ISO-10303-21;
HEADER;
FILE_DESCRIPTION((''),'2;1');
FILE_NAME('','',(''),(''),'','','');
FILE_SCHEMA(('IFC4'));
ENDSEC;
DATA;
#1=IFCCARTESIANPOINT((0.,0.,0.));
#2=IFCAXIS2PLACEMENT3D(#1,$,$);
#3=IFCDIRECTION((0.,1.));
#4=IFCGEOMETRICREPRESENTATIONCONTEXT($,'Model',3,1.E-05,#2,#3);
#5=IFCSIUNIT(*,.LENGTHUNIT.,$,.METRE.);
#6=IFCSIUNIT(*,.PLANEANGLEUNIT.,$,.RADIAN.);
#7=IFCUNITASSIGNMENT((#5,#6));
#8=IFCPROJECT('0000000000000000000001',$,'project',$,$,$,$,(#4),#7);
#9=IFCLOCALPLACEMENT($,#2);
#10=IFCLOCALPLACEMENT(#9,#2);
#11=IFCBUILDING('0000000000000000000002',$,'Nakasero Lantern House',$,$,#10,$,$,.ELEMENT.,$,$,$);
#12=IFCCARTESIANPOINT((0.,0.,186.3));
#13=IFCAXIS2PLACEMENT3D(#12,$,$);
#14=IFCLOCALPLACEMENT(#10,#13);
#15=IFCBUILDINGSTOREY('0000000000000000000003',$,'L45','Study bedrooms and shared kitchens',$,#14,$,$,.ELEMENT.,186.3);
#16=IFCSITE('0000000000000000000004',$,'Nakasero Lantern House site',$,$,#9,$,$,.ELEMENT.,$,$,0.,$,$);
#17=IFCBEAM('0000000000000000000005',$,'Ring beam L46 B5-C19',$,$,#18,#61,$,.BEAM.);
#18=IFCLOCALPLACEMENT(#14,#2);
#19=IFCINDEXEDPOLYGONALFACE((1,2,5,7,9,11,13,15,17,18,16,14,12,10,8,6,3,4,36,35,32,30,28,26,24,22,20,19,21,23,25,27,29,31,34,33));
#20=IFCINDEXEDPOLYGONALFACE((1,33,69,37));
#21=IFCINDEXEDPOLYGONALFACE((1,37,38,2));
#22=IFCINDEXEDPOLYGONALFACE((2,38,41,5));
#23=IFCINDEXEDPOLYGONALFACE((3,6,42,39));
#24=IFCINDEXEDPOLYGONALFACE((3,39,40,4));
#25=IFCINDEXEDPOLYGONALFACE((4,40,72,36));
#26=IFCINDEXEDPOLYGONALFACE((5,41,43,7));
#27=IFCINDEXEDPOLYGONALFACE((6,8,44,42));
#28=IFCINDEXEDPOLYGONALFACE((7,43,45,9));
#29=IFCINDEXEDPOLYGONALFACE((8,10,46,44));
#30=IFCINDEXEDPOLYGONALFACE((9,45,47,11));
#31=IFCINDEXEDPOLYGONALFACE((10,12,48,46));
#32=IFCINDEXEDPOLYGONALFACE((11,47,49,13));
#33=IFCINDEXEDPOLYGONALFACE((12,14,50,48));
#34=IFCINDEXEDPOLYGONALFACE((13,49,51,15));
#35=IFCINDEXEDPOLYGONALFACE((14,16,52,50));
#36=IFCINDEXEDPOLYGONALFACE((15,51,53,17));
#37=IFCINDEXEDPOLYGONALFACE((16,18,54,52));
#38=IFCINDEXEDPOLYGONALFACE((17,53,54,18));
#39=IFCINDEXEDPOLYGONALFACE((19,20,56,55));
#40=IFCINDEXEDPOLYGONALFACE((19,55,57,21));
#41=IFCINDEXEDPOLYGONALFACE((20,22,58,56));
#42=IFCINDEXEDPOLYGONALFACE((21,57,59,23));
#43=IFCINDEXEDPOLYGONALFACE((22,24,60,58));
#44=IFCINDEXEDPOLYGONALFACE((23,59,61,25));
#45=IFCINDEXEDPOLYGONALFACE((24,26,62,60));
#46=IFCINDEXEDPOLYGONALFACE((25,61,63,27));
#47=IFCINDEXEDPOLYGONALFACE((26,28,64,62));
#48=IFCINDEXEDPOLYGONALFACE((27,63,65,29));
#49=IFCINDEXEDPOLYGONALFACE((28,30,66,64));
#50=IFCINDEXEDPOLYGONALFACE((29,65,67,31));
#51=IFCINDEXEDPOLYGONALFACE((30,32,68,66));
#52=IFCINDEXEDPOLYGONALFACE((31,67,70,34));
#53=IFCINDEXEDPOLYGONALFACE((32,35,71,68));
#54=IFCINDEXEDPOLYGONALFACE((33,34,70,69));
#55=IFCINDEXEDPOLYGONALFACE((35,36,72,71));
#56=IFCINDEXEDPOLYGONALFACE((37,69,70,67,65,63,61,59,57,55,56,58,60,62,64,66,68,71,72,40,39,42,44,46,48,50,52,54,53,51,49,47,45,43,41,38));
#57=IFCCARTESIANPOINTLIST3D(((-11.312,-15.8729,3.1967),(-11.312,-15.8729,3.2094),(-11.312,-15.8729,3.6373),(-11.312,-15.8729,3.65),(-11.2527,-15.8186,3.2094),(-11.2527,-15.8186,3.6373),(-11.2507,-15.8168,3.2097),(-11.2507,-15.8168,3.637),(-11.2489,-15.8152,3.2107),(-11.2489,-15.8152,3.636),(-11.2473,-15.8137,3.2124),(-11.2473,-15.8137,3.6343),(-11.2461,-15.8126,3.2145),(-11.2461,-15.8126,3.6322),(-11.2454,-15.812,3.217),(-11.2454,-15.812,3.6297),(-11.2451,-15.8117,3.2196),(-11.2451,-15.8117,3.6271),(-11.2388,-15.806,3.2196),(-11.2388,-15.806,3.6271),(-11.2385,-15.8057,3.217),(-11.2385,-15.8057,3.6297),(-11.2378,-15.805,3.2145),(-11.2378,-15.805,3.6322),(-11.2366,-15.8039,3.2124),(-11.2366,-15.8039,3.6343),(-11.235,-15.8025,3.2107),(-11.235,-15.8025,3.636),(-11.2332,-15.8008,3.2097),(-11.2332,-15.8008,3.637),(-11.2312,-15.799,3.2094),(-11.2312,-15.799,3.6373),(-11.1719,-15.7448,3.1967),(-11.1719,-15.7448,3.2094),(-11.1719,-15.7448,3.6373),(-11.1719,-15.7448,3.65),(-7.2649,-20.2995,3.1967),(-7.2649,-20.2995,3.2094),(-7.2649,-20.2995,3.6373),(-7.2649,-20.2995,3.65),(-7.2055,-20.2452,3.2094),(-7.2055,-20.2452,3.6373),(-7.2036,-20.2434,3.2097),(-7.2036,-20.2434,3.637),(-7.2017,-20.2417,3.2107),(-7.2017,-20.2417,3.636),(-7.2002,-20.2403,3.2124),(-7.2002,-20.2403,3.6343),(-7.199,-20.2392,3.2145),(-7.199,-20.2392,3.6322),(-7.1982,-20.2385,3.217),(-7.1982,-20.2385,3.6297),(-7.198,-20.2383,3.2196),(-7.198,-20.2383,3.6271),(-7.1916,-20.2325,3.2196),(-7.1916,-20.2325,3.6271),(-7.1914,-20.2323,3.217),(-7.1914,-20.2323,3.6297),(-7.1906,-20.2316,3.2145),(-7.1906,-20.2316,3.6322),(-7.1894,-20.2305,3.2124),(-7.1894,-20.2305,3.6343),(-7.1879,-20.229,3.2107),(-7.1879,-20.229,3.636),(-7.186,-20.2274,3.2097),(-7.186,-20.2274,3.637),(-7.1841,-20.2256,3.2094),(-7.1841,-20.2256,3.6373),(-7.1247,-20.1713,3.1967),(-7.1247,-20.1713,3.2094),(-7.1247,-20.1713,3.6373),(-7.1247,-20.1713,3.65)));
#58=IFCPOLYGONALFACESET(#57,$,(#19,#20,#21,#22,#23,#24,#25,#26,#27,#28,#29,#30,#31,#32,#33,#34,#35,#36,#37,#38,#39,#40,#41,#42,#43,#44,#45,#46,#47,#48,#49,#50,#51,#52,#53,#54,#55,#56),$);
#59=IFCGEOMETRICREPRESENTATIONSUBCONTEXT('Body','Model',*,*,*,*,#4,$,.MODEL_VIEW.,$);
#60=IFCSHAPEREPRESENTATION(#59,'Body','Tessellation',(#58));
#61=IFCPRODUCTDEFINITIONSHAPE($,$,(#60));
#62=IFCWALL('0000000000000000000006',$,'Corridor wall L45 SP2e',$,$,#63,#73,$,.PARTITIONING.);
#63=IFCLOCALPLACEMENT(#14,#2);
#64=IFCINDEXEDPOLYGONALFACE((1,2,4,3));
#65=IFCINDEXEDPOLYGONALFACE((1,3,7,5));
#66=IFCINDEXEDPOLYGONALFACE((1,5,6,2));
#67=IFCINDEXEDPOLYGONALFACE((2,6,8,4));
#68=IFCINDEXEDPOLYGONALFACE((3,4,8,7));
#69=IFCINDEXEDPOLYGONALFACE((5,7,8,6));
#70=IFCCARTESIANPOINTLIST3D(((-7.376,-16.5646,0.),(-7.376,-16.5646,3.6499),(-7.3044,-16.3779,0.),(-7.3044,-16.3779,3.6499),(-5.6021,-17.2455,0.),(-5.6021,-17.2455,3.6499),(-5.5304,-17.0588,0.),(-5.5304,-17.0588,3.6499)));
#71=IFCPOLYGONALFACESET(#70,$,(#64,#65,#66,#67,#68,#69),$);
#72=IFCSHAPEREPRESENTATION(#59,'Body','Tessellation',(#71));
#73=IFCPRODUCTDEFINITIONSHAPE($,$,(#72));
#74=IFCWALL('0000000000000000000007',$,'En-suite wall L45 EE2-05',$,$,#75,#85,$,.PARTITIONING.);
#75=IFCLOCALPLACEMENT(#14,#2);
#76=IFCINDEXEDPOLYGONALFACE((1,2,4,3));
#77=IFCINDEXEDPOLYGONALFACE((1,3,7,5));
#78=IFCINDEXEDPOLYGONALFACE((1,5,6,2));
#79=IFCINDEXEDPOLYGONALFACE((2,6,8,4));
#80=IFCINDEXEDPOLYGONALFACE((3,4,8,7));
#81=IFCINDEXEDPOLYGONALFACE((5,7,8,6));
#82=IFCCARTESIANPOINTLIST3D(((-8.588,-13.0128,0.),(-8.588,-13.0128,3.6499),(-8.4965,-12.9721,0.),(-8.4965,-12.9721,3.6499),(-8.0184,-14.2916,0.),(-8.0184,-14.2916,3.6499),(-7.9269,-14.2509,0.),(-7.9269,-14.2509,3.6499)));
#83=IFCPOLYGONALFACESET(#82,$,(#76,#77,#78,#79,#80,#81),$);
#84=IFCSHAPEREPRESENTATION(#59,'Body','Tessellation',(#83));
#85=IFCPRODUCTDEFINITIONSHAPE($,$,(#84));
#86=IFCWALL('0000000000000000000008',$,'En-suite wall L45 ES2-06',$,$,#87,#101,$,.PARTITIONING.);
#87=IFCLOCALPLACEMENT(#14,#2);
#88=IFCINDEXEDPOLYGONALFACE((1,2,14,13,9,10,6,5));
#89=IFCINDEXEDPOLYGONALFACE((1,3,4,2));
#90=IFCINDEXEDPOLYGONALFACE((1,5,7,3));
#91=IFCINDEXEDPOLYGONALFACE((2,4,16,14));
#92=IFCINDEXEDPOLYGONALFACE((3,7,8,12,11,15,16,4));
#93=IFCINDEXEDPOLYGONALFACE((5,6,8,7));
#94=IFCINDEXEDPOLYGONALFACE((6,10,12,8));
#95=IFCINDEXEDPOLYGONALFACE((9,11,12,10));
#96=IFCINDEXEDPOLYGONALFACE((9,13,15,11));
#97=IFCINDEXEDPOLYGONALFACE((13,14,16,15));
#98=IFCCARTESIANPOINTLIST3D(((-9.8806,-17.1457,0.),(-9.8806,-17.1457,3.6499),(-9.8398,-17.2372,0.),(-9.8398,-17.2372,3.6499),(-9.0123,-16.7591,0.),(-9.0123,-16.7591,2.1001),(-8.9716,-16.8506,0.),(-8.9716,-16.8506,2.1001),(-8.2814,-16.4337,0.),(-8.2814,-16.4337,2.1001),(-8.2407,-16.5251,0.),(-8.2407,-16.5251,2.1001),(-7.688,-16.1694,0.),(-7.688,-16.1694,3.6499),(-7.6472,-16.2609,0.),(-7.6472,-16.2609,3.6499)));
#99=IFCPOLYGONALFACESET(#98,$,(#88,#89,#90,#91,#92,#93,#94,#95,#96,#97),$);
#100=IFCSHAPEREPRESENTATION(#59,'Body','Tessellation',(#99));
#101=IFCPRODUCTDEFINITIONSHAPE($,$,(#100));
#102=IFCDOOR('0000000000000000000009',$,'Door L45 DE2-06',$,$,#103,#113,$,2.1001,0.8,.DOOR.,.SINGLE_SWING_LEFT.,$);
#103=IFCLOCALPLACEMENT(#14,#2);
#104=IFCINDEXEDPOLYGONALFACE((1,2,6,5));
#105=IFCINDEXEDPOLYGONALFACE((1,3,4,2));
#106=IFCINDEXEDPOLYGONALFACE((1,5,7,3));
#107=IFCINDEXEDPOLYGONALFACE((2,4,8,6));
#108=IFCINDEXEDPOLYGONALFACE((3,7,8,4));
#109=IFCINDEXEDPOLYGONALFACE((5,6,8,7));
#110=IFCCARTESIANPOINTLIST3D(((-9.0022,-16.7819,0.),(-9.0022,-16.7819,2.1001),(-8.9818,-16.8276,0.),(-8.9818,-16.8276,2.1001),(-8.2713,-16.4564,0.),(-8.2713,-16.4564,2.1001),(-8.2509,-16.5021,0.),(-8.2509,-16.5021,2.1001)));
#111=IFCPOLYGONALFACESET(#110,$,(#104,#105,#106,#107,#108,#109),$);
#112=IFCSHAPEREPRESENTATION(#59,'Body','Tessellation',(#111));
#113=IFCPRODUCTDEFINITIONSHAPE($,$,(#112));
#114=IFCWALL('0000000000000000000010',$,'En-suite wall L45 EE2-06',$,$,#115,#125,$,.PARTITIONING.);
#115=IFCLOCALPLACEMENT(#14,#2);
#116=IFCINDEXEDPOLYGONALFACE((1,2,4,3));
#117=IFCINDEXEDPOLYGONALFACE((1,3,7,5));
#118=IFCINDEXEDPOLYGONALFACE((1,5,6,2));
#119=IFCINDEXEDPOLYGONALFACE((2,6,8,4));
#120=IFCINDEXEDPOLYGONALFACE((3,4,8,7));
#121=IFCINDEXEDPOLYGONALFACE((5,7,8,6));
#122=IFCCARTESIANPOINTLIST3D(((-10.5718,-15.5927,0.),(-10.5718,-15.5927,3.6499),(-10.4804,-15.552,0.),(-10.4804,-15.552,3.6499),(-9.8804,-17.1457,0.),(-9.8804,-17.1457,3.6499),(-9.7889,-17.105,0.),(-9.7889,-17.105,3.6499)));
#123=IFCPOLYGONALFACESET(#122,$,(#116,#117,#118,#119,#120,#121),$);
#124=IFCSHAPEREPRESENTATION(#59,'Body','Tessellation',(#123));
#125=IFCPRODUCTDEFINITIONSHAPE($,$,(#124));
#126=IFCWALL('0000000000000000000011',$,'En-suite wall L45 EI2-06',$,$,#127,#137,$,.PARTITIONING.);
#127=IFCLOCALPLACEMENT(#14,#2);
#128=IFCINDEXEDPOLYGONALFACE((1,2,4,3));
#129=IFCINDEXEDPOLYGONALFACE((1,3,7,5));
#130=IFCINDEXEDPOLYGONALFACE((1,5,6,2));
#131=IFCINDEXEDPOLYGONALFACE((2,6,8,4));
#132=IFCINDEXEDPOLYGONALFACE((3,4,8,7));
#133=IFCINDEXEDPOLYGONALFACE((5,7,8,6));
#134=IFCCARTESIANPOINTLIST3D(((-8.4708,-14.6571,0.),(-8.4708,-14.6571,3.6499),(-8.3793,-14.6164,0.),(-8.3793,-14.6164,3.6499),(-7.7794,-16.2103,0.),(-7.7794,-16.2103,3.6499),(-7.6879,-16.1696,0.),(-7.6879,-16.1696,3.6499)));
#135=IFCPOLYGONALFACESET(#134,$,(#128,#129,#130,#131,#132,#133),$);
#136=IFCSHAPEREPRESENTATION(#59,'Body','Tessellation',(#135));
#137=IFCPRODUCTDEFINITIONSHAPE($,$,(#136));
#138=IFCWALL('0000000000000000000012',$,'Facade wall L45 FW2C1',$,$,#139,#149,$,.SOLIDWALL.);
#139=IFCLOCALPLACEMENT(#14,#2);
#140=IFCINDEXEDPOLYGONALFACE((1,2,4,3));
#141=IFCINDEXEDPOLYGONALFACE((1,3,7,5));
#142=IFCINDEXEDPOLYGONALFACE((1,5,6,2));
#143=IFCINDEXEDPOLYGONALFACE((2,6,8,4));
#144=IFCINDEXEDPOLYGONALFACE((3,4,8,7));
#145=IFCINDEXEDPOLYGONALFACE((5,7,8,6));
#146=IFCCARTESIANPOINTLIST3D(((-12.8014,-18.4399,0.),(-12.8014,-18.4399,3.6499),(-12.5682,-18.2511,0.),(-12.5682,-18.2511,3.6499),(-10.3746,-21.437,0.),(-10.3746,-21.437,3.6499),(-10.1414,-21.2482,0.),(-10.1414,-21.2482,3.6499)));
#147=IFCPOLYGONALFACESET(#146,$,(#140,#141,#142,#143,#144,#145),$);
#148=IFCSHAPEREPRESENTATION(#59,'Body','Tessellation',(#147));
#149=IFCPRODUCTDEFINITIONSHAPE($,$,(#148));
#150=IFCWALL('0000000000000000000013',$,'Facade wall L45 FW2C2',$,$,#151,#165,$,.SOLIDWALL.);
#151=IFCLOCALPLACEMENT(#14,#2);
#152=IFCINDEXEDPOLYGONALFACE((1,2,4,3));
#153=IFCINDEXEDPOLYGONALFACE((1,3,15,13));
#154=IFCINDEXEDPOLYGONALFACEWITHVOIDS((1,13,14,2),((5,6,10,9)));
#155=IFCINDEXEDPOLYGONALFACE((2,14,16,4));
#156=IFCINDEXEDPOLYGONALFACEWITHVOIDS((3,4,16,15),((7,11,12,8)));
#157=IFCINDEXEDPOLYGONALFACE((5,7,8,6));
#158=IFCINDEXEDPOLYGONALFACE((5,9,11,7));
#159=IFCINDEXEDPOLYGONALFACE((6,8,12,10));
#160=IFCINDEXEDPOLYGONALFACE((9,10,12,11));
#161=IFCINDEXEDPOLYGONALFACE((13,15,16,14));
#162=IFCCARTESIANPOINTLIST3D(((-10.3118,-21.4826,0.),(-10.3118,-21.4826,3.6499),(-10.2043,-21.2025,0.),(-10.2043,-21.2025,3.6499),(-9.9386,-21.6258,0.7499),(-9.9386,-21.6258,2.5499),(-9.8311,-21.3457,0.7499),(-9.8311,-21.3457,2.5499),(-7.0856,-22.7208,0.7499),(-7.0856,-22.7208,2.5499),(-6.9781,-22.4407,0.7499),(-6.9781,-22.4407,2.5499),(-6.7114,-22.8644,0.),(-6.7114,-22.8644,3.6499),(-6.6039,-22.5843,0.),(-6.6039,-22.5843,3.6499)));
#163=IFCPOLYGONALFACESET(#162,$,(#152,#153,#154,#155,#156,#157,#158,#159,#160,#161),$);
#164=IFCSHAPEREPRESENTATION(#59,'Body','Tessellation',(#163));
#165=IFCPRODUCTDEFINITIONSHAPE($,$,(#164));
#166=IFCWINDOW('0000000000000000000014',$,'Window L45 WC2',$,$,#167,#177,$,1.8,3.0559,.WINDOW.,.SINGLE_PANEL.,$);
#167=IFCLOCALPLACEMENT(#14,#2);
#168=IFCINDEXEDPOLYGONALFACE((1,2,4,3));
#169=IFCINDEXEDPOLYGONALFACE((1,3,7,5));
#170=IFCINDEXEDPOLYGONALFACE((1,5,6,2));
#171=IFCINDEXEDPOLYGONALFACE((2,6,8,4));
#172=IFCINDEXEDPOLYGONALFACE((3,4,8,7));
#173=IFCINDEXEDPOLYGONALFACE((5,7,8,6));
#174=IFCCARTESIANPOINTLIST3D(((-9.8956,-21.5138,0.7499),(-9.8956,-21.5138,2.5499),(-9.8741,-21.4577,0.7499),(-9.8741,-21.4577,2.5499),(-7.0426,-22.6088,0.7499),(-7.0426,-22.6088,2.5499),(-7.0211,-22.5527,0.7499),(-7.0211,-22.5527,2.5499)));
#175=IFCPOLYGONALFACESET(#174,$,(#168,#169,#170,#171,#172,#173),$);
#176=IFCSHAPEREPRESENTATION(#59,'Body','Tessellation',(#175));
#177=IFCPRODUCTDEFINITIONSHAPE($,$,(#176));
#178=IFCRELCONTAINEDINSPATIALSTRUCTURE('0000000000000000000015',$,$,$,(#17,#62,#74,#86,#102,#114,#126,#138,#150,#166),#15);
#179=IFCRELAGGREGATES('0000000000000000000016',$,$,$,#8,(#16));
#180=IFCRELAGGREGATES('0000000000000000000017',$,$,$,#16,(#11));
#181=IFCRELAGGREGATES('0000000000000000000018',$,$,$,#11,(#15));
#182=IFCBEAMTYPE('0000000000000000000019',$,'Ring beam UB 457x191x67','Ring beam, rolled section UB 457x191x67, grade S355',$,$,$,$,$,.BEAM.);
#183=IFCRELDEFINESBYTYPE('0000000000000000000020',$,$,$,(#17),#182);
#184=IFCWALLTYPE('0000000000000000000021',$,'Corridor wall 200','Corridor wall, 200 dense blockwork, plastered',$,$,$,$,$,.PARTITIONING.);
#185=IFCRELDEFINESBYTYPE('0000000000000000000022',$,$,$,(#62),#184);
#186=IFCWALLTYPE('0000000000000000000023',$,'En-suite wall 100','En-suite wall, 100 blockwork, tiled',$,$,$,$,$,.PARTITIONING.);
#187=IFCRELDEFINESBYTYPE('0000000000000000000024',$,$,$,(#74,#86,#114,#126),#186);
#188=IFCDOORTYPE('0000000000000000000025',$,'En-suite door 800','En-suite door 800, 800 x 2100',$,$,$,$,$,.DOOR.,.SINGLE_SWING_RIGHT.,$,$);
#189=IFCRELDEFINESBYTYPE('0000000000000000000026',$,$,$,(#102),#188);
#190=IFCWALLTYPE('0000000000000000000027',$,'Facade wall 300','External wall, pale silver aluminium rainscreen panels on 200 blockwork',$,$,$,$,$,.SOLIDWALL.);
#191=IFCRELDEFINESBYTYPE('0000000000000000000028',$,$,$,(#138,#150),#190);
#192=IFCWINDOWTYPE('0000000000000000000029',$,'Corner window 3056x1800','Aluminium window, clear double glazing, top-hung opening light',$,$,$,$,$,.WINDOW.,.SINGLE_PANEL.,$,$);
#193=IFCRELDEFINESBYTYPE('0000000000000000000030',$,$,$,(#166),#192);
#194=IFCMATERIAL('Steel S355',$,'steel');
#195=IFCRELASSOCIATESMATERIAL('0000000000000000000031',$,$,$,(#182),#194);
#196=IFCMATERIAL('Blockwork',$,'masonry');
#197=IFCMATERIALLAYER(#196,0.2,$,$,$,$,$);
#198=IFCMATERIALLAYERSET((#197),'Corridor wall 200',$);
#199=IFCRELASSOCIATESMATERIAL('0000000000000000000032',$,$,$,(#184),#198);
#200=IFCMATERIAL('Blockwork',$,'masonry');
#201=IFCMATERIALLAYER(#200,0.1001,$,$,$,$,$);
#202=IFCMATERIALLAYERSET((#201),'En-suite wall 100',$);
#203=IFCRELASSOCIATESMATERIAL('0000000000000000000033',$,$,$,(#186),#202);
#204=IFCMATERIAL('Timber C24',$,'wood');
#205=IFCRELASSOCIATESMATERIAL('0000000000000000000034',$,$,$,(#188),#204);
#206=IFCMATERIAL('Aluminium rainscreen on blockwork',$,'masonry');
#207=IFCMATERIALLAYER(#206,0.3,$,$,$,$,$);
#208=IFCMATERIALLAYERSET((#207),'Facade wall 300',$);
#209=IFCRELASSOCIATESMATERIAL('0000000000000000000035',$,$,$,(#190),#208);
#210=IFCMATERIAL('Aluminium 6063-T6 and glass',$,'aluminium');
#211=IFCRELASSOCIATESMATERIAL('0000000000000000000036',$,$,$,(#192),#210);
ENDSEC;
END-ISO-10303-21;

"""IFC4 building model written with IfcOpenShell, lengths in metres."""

from ifc_helpers import new_model, si_unit, direction, frame, frame_2d, origin, origin_2d, place, context, subcontext, project, spatial, rectangle, i_section, extrude, material, layer, layer_set, material_profile, profile_set, type_object, element, fill, save


model = new_model("IFC4")

# Units and contexts
model_context = context("Model", 3, precision=1e-05, world=origin(), true_north=direction((0.0, 1.0)))
body_context = subcontext(model_context, "Body", "Model", "MODEL_VIEW")
ifc_project = project(units=[si_unit("LENGTHUNIT", "METRE"), si_unit("PLANEANGLEUNIT", "RADIAN")], contexts=[model_context])

# Site, building, storey
site_placement = place(None, origin())
site = spatial("IfcSite", under=ifc_project, at=site_placement, Name="Nakasero Lantern House site", CompositionType="ELEMENT", RefElevation=0.0)
building_placement = place(site_placement, origin())
building = spatial("IfcBuilding", under=site, at=building_placement, Name="Nakasero Lantern House", CompositionType="ELEMENT")
storey_placement = place(building_placement, frame((0.0, 0.0, 186.3)))
storey = spatial("IfcBuildingStorey", under=building, at=storey_placement, Name="L45", Description="Study bedrooms and shared kitchens", CompositionType="ELEMENT", Elevation=186.3)

# Beam
ifc_material_1 = material(Name="Steel S355", Category="steel")
ifc_material_profile_1 = material_profile(ifc_material_1, i_section(OverallWidth=0.1899, OverallDepth=0.4534, WebThickness=0.0085, FlangeThickness=0.0127, FilletRadius=0.0103, at=origin_2d()), Name="UB 457x191x67")
ifc_profile_set_1 = profile_set([ifc_material_profile_1], Name="Steel S355")
beam_type_1 = type_object("IfcBeamType", Name="Ring beam UB 457x191x67", Description="Ring beam, rolled section UB 457x191x67, grade S355", PredefinedType="BEAM", material=ifc_profile_set_1)
beam_1_placement = place(storey_placement, frame((-11.2419, -15.8088, 3.4233), z_axis=(0.674771, -0.738027, 0.0), x_axis=(0.738027, 0.674771, 0.0)))
element("IfcBeam", 1, at=beam_1_placement, inside=storey, type_object=beam_type_1, Name="Ring beam L46 B5-C19", PredefinedType="BEAM", context=body_context, shape_type="SweptSolid", body=[
    extrude(i_section(OverallWidth=0.1899, OverallDepth=0.4534, WebThickness=0.0085, FlangeThickness=0.0127, FilletRadius=0.0103, at=origin_2d()), origin(), (0.0, 0.0, 1.0), 5.9978),
])

# Walls
ifc_material_2 = material(Name="Blockwork", Category="masonry")
ifc_layer_1 = layer(ifc_material_2, 0.2)
ifc_layer_set_1 = layer_set([ifc_layer_1], Name="Corridor wall 200")
wall_type_1 = type_object("IfcWallType", Name="Corridor wall 200", Description="Corridor wall, 200 dense blockwork, plastered", PredefinedType="PARTITIONING", material=ifc_layer_set_1)
wall_1_placement = place(storey_placement, frame((-7.3403, -16.4712, 0.0), z_axis=(0.0, 0.0, 1.0), x_axis=(0.933587, -0.35835, 0.0)))
element("IfcWall", 2, at=wall_1_placement, inside=storey, type_object=wall_type_1, Name="Corridor wall L45 SP2e", PredefinedType="PARTITIONING", context=body_context, shape_type="SweptSolid", body=[
    extrude(rectangle(XDim=1.9001, YDim=0.2, at=frame_2d((0.9502, 0.0))), origin(), (0.0, 0.0, 1.0), 3.6499),
])
ifc_material_3 = material(Name="Blockwork", Category="masonry")
ifc_layer_2 = layer(ifc_material_3, 0.1001)
ifc_layer_set_2 = layer_set([ifc_layer_2], Name="En-suite wall 100")
wall_type_2 = type_object("IfcWallType", Name="En-suite wall 100", Description="En-suite wall, 100 blockwork, tiled", PredefinedType="PARTITIONING", material=ifc_layer_set_2)
wall_2_placement = place(storey_placement, frame((-8.5422, -12.9924, 0.0), z_axis=(0.0, 0.0, 1.0), x_axis=(0.406866, -0.913488, 0.0)))
element("IfcWall", 3, at=wall_2_placement, inside=storey, type_object=wall_type_2, Name="En-suite wall L45 EE2-05", PredefinedType="PARTITIONING", context=body_context, shape_type="SweptSolid", body=[
    extrude(rectangle(XDim=1.3999, YDim=0.1001, at=frame_2d((0.7, 0.0))), origin(), (0.0, 0.0, 1.0), 3.6499),
])

# Wall, opening, door
wall_3_placement = place(storey_placement, frame((-7.6675, -16.2151, 0.0), z_axis=(0.0, 0.0, 1.0), x_axis=(-0.91353, -0.406771, 0.0)))
wall_3 = element("IfcWall", 4, at=wall_3_placement, inside=storey, type_object=wall_type_2, Name="En-suite wall L45 ES2-06", PredefinedType="PARTITIONING", context=body_context, shape_type="SweptSolid", body=[
    extrude(rectangle(XDim=2.4001, YDim=0.1001, at=frame_2d((1.2002, 0.0))), origin(), (0.0, 0.0, 1.0), 3.6499),
])
opening_1_placement = place(wall_3_placement, frame((0.6499, 0.0, 0.0)))
opening_1 = element("IfcOpeningElement", 5, at=opening_1_placement, cuts=wall_3, PredefinedType="OPENING", context=body_context, shape_type="SweptSolid", body=[
    extrude(rectangle(XDim=0.8, YDim=2.1001, at=frame_2d((0.3999, 1.05))), frame((0.0, 0.0701, 0.0), z_axis=(0.0, -1.0, 0.0), x_axis=(1.0, 0.0, 0.0)), (0.0, 0.0, 1.0), 0.1401),
])
ifc_material_4 = material(Name="Timber C24", Category="wood")
door_type = type_object("IfcDoorType", Name="En-suite door 800", Description="En-suite door 800, 800 x 2100", OperationType="SINGLE_SWING_RIGHT", PredefinedType="DOOR", material=ifc_material_4)
door_placement = place(opening_1_placement, origin())
door = element("IfcDoor", 6, at=door_placement, inside=storey, type_object=door_type, Name="Door L45 DE2-06", OperationType="SINGLE_SWING_LEFT", OverallHeight=2.1001, OverallWidth=0.8, PredefinedType="DOOR", context=body_context, shape_type="SweptSolid", body=[
    extrude(rectangle(XDim=0.8, YDim=2.1001, at=frame_2d((0.3999, 1.05))), frame((0.0, 0.0249, 0.0), z_axis=(0.0, -1.0, 0.0), x_axis=(1.0, 0.0, 0.0)), (0.0, 0.0, 1.0), 0.05),
])
fill(opening_1, door)

# Walls
wall_4_placement = place(storey_placement, frame((-10.5261, -15.5723, 0.0), z_axis=(0.0, 0.0, 1.0), x_axis=(0.406725, -0.913551, 0.0)))
element("IfcWall", 7, at=wall_4_placement, inside=storey, type_object=wall_type_2, Name="En-suite wall L45 EE2-06", PredefinedType="PARTITIONING", context=body_context, shape_type="SweptSolid", body=[
    extrude(rectangle(XDim=1.7, YDim=0.1001, at=frame_2d((0.8501, 0.0))), origin(), (0.0, 0.0, 1.0), 3.6499),
])
wall_5_placement = place(storey_placement, frame((-8.425, -14.6367, 0.0), z_axis=(0.0, 0.0, 1.0), x_axis=(0.406671, -0.913575, 0.0)))
element("IfcWall", 8, at=wall_5_placement, inside=storey, type_object=wall_type_2, Name="En-suite wall L45 EI2-06", PredefinedType="PARTITIONING", context=body_context, shape_type="SweptSolid", body=[
    extrude(rectangle(XDim=1.7002, YDim=0.1001, at=frame_2d((0.8501, 0.0))), origin(), (0.0, 0.0, 1.0), 3.6499),
])
ifc_material_5 = material(Name="Aluminium rainscreen on blockwork", Category="masonry")
ifc_layer_3 = layer(ifc_material_5, 0.3)
ifc_layer_set_3 = layer_set([ifc_layer_3], Name="Facade wall 300")
wall_type_3 = type_object("IfcWallType", Name="Facade wall 300", Description="External wall, pale silver aluminium rainscreen panels on 200 blockwork", PredefinedType="SOLIDWALL", material=ifc_layer_set_3)
wall_6_placement = place(storey_placement, frame((-12.6848, -18.3455, 0.0), z_axis=(0.0, 0.0, 1.0), x_axis=(0.629286, -0.777174, 0.0)))
element("IfcWall", 9, at=wall_6_placement, inside=storey, type_object=wall_type_3, Name="Facade wall L45 FW2C1", PredefinedType="SOLIDWALL", context=body_context, shape_type="SweptSolid", body=[
    extrude(rectangle(XDim=3.8564, YDim=0.3, at=frame_2d((1.9282, 0.0))), origin(), (0.0, 0.0, 1.0), 3.6499),
])

# Wall, opening, window
wall_7_placement = place(storey_placement, frame((-10.2581, -21.3425, 0.0), z_axis=(0.0, 0.0, 1.0), x_axis=(0.933598, -0.358321, 0.0)))
wall_7 = element("IfcWall", 10, at=wall_7_placement, inside=storey, type_object=wall_type_3, Name="Facade wall L45 FW2C2", PredefinedType="SOLIDWALL", context=body_context, shape_type="SweptSolid", body=[
    extrude(rectangle(XDim=3.8564, YDim=0.3, at=frame_2d((1.9282, 0.0))), origin(), (0.0, 0.0, 1.0), 3.6499),
])
opening_2_placement = place(wall_7_placement, frame((0.3999, 0.0, 0.75)))
opening_2 = element("IfcOpeningElement", 11, at=opening_2_placement, cuts=wall_7, PredefinedType="OPENING", context=body_context, shape_type="SweptSolid", body=[
    extrude(rectangle(XDim=3.0559, YDim=1.8, at=frame_2d((1.5278, 0.8999))), frame((0.0, 0.1699, 0.0), z_axis=(0.0, -1.0, 0.0), x_axis=(1.0, 0.0, 0.0)), (0.0, 0.0, 1.0), 0.3401),
])
ifc_material_6 = material(Name="Aluminium 6063-T6 and glass", Category="aluminium")
window_type = type_object("IfcWindowType", Name="Corner window 3056x1800", Description="Aluminium window, clear double glazing, top-hung opening light", PartitioningType="SINGLE_PANEL", PredefinedType="WINDOW", material=ifc_material_6)
window_placement = place(opening_2_placement, origin())
window = element("IfcWindow", 12, at=window_placement, inside=storey, type_object=window_type, Name="Window L45 WC2", OverallHeight=1.8, OverallWidth=3.0559, PartitioningType="SINGLE_PANEL", PredefinedType="WINDOW", context=body_context, shape_type="SweptSolid", body=[
    extrude(rectangle(XDim=3.0559, YDim=1.8, at=frame_2d((1.5278, 0.8999))), frame((0.0, 0.03, 0.0), z_axis=(0.0, -1.0, 0.0), x_axis=(1.0, 0.0, 0.0)), (0.0, 0.0, 1.0), 0.0601),
])
fill(opening_2, window)

save(model, "model.ifc")
